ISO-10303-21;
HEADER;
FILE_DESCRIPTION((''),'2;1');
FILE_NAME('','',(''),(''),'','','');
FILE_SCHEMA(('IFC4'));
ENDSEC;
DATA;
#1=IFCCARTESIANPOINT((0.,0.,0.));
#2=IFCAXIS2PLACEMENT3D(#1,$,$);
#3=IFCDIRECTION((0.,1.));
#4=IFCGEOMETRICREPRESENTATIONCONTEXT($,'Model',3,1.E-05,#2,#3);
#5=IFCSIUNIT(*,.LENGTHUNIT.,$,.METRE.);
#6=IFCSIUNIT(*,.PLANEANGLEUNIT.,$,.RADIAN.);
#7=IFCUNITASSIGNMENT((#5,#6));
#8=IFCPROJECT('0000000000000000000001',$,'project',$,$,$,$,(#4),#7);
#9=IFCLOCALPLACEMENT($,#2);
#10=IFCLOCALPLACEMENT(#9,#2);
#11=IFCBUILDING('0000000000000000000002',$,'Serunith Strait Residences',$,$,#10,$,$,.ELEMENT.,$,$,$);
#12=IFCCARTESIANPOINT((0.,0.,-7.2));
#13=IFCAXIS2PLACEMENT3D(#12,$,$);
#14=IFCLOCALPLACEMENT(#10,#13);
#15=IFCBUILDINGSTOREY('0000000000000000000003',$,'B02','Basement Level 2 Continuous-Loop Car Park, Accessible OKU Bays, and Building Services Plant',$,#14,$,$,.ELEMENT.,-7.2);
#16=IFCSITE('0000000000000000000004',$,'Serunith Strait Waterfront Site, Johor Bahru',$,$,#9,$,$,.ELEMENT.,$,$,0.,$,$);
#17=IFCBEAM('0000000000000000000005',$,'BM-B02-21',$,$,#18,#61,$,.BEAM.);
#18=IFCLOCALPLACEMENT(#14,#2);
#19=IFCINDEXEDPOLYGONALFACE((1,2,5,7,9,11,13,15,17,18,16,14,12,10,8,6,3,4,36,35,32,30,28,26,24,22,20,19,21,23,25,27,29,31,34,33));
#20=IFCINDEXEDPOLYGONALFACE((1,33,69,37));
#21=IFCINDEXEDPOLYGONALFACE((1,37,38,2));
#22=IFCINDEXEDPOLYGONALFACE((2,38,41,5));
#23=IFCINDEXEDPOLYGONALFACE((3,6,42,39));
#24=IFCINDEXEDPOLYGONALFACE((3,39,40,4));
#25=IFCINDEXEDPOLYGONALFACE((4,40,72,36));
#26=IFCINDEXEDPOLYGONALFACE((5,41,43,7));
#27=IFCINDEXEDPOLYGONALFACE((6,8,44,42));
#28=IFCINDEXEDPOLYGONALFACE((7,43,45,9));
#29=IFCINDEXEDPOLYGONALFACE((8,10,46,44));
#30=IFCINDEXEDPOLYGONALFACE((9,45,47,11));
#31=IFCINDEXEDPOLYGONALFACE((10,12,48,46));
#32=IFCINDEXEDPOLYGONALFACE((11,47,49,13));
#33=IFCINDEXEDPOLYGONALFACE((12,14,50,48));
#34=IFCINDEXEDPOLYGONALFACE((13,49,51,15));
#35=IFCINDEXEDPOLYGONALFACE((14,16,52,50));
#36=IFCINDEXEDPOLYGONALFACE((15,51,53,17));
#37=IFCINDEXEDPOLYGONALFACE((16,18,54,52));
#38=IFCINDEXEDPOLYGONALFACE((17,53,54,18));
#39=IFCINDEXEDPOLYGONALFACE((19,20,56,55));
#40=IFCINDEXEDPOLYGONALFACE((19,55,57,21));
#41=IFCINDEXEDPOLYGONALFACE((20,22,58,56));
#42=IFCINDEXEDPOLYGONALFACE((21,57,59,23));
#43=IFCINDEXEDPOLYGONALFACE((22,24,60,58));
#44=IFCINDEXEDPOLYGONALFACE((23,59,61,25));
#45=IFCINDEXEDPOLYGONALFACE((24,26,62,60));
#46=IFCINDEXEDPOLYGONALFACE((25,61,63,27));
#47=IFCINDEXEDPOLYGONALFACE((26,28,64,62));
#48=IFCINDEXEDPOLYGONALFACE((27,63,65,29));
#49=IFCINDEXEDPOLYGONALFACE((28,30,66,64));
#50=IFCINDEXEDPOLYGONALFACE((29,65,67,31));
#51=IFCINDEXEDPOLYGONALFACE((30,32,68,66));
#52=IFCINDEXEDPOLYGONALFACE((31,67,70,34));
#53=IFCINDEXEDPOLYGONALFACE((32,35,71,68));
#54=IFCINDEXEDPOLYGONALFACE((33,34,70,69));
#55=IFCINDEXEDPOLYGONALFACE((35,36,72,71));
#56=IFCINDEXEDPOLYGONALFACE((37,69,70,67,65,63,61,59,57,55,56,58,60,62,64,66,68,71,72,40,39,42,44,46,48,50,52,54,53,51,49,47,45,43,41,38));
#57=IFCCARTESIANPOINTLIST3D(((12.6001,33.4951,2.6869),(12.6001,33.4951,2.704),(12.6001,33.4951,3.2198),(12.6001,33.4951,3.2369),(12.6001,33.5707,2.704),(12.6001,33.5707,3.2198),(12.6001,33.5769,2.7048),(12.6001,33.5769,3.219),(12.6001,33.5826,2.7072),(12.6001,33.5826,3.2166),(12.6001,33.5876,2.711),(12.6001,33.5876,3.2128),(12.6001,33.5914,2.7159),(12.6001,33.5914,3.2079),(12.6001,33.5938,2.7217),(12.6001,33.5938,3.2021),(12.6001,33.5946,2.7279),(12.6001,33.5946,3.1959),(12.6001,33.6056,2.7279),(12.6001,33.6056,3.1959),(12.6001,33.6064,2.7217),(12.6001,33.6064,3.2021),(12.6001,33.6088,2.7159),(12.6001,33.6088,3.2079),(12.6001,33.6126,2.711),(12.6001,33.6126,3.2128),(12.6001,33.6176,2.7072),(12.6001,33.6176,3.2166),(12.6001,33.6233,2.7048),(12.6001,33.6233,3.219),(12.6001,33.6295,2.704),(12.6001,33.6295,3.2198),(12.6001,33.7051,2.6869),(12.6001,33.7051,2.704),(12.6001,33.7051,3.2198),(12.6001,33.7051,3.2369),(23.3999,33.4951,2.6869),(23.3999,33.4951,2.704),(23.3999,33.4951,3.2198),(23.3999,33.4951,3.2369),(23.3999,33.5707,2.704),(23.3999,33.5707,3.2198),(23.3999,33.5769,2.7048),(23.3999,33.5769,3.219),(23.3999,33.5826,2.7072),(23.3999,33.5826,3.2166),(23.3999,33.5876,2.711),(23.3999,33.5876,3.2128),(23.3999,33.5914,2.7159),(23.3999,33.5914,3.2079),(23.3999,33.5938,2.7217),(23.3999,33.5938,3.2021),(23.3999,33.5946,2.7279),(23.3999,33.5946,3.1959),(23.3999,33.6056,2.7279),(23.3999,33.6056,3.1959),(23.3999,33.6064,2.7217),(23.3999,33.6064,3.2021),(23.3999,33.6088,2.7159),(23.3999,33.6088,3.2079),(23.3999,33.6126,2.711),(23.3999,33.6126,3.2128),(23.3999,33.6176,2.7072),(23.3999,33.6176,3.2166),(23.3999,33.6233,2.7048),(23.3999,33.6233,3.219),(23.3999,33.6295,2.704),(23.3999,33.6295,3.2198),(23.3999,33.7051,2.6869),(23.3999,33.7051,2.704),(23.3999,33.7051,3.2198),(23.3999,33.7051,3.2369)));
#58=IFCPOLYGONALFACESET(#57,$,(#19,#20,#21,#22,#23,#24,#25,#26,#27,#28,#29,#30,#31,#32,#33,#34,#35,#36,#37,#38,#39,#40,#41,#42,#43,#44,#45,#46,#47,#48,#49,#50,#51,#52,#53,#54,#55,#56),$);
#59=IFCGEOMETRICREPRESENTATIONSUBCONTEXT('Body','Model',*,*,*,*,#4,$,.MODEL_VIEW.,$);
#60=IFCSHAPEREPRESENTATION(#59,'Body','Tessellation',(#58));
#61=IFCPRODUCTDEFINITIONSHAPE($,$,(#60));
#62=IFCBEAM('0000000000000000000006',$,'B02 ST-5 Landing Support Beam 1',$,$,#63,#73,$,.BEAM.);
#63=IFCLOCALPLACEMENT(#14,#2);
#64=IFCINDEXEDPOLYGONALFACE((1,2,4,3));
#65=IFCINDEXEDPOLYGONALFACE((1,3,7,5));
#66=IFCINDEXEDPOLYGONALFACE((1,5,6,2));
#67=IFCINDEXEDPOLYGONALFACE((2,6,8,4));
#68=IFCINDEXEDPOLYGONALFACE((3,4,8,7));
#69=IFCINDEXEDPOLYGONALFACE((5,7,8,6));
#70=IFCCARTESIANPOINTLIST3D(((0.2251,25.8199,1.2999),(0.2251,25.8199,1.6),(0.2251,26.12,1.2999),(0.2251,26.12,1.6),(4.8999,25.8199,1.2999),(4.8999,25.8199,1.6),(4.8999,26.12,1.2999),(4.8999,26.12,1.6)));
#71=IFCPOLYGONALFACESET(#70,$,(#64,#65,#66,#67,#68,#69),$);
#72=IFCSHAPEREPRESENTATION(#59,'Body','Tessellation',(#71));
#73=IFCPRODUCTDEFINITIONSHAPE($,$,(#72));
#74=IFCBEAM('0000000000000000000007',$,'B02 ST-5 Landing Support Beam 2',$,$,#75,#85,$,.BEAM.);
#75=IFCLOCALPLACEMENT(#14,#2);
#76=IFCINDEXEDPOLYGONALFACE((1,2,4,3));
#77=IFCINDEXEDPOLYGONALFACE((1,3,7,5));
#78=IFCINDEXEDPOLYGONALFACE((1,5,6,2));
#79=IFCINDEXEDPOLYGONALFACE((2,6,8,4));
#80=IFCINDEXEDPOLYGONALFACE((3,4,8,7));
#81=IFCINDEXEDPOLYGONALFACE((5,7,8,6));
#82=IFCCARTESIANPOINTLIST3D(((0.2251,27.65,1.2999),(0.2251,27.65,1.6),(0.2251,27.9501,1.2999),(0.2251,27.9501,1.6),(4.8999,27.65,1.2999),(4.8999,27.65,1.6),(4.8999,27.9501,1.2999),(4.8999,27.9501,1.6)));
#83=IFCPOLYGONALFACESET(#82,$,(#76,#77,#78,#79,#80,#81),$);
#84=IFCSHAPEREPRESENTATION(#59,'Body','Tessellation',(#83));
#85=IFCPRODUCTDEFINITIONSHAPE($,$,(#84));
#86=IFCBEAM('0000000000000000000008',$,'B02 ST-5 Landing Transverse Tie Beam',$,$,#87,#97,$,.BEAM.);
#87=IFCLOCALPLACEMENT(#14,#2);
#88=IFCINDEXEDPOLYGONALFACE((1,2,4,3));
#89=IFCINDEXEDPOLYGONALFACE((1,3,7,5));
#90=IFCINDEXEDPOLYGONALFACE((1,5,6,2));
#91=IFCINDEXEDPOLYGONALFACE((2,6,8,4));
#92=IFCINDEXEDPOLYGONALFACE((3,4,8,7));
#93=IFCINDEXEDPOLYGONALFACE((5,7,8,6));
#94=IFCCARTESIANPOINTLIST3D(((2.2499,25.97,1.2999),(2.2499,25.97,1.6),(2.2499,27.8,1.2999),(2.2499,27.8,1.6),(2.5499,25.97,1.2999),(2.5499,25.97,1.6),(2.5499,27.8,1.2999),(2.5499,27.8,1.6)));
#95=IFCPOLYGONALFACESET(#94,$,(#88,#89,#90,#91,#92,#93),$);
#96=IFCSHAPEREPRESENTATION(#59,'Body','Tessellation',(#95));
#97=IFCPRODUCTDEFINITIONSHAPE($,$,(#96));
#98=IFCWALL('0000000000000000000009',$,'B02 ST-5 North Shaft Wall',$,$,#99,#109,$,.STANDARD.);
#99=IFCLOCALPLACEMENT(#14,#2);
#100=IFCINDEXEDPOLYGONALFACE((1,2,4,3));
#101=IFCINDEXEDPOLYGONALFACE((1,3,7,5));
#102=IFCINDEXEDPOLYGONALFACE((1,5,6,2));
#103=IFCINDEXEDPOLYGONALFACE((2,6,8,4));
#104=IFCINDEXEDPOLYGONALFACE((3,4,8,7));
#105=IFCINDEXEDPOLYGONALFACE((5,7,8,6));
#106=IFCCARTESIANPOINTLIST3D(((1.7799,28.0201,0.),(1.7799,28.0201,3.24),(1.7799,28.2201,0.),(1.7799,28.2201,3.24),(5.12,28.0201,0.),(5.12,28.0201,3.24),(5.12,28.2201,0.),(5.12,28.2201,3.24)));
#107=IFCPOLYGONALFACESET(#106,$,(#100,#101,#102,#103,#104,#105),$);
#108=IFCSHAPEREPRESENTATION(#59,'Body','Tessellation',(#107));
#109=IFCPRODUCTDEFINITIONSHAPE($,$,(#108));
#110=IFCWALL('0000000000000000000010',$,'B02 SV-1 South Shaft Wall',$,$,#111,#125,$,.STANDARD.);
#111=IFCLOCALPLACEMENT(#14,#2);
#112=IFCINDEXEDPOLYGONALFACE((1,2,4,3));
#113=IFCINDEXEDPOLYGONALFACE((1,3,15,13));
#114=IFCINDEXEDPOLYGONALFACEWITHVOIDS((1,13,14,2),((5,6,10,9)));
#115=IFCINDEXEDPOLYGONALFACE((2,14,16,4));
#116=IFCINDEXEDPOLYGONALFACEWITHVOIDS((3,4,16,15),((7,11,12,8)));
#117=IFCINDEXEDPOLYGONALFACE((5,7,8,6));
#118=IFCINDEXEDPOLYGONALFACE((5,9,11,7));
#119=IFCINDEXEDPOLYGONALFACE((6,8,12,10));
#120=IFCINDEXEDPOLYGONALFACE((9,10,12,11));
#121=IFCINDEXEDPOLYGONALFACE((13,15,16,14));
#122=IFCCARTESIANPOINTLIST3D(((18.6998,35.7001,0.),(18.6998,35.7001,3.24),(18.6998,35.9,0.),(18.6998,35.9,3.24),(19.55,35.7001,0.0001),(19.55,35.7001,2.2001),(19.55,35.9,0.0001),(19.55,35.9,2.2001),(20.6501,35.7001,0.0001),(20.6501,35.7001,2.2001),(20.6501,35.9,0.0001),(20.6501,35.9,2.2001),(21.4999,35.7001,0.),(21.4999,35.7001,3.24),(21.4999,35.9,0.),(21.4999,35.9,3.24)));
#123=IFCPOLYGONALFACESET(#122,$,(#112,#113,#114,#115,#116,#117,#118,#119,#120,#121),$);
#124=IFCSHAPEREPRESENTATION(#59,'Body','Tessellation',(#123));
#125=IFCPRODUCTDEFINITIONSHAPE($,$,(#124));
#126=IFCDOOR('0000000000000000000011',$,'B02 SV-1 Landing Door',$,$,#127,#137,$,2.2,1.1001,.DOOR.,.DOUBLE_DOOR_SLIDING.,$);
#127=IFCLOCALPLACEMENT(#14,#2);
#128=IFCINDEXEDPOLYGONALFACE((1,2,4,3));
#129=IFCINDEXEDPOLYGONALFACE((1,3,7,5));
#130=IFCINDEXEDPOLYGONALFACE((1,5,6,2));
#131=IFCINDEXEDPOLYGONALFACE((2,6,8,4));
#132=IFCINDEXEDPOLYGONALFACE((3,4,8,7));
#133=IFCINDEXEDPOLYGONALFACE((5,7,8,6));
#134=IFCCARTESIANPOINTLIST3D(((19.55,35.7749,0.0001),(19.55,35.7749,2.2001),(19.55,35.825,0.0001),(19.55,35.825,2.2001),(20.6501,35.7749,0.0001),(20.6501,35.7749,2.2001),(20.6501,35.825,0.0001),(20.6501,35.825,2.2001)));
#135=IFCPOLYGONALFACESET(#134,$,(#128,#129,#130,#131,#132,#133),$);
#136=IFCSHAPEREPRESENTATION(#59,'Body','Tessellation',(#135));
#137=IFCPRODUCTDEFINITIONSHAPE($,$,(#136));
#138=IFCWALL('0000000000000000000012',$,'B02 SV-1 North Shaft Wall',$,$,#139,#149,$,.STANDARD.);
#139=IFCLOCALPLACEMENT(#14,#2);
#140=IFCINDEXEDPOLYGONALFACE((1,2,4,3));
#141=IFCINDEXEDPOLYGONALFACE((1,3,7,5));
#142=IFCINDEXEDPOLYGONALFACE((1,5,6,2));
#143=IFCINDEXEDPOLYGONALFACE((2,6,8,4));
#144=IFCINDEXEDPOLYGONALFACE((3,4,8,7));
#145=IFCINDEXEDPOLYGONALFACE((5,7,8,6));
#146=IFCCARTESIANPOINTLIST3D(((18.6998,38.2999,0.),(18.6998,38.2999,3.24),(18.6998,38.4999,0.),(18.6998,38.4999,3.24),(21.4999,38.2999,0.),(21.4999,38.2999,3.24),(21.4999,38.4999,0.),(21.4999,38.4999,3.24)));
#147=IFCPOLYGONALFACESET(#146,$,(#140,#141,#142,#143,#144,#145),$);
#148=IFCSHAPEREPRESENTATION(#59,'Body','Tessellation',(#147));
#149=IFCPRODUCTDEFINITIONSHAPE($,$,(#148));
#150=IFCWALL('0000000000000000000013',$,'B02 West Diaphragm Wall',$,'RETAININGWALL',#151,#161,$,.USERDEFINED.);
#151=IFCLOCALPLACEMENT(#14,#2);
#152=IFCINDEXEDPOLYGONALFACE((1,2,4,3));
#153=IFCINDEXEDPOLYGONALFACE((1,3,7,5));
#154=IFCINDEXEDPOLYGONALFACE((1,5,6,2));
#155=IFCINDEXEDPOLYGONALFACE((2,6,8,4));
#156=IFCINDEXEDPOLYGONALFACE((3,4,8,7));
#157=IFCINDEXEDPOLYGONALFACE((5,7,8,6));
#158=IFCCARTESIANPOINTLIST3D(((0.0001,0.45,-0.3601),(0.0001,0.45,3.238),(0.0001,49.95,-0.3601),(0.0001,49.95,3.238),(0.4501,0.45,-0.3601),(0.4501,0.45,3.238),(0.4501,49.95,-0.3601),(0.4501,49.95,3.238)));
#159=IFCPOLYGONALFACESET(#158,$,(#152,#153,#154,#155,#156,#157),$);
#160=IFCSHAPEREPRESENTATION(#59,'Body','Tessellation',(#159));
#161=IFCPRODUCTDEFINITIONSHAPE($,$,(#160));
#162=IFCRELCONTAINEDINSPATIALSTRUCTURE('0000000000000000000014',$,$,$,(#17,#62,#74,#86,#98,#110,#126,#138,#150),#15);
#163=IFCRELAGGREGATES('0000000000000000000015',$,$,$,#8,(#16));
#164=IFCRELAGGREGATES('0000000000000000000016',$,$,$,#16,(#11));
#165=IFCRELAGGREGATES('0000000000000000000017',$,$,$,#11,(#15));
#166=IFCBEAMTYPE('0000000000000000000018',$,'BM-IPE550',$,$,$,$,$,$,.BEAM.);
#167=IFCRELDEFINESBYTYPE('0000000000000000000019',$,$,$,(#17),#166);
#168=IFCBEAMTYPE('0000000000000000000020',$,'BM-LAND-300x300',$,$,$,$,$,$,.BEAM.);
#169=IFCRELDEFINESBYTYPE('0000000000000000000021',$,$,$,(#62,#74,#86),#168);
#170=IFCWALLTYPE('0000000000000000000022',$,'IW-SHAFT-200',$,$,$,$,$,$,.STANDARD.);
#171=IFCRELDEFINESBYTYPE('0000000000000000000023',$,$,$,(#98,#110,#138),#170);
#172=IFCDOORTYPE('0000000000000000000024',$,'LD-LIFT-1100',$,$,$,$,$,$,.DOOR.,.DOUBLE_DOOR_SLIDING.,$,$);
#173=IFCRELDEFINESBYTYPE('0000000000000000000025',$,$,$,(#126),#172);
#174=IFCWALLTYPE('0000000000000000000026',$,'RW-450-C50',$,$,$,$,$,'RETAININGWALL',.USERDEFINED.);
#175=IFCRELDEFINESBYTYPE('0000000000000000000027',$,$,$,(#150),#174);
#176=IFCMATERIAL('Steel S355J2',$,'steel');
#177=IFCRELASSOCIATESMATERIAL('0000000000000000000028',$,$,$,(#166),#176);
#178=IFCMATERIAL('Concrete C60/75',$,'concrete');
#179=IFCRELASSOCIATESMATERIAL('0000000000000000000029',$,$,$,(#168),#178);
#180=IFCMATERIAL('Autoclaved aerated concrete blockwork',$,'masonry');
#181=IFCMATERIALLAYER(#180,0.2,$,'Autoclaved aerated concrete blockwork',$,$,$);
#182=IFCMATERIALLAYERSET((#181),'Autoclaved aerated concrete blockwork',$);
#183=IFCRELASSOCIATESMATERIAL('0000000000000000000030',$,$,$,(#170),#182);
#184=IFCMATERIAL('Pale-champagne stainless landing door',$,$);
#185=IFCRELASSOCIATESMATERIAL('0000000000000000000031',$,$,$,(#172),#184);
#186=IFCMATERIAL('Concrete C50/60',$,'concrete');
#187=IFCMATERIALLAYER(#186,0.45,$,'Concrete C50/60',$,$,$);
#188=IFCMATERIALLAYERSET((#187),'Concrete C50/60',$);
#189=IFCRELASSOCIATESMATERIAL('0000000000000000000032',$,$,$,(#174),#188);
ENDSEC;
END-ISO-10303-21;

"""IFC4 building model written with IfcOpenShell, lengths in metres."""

from ifc_helpers import new_model, si_unit, direction, frame, frame_2d, origin, origin_2d, place, context, subcontext, project, spatial, rectangle, i_section, extrude, source, transform, mapped, material, layer, layer_set, material_profile, profile_set, type_object, element, fill, save


model = new_model("IFC4")

# Units and contexts
model_context = context("Model", 3, precision=1e-05, world=origin(), true_north=direction((0.0, 1.0)))
body_context = subcontext(model_context, "Body", "Model", "MODEL_VIEW")
ifc_project = project(units=[si_unit("LENGTHUNIT", "METRE"), si_unit("PLANEANGLEUNIT", "RADIAN")], contexts=[model_context])

# Site, building, storey
site_placement = place(None, origin())
site = spatial("IfcSite", under=ifc_project, at=site_placement, Name="Serunith Strait Waterfront Site, Johor Bahru", CompositionType="ELEMENT", RefElevation=0.0)
building_placement = place(site_placement, origin())
building = spatial("IfcBuilding", under=site, at=building_placement, Name="Serunith Strait Residences", CompositionType="ELEMENT")
storey_placement = place(building_placement, frame((0.0, 0.0, -7.2)))
storey = spatial("IfcBuildingStorey", under=building, at=storey_placement, Name="B02", Description="Basement Level 2 Continuous-Loop Car Park, Accessible OKU Bays, and Building Services Plant", CompositionType="ELEMENT", Elevation=-7.2)

# Beams
ifc_material_1 = material(Name="Steel S355J2", Category="steel")
ifc_material_profile_1 = material_profile(ifc_material_1, i_section(OverallWidth=0.21, OverallDepth=0.55, WebThickness=0.011, FlangeThickness=0.0171, FilletRadius=0.0239, at=origin_2d()), Name="IPE 550")
ifc_profile_set_1 = profile_set([ifc_material_profile_1], Name="Steel S355J2")
beam_type_1 = type_object("IfcBeamType", Name="BM-IPE550", PredefinedType="BEAM", material=ifc_profile_set_1)
shared_shape_1 = source(origin(), body_context, "Body", "SweptSolid", [
    extrude(i_section(OverallWidth=0.21, OverallDepth=0.55, WebThickness=0.011, FlangeThickness=0.0171, FilletRadius=0.0239, at=origin_2d()), origin(), (0.0, 0.0, 1.0), 10.7998),
])
beam_1_placement = place(storey_placement, frame((12.6001, 33.6001, 2.9619), z_axis=(1.0, 0.0, 0.0), x_axis=(0.0, 1.0, 0.0)))
element("IfcBeam", 1, at=beam_1_placement, inside=storey, type_object=beam_type_1, Name="BM-B02-21", PredefinedType="BEAM", context=body_context, shape_type="MappedRepresentation", body=[
    mapped(shared_shape_1, transform((0.0, 0.0, 0.0), scale=1.0)),
])
ifc_material_2 = material(Name="Concrete C60/75", Category="concrete")
ifc_material_profile_2 = material_profile(ifc_material_2, rectangle(XDim=0.3, YDim=0.3, at=origin_2d()), Name="RC 300x300")
ifc_profile_set_2 = profile_set([ifc_material_profile_2], Name="Concrete C60/75")
beam_type_2 = type_object("IfcBeamType", Name="BM-LAND-300x300", PredefinedType="BEAM", material=ifc_profile_set_2)
shared_shape_2 = source(origin(), body_context, "Body", "SweptSolid", [
    extrude(rectangle(XDim=0.3, YDim=0.3, at=origin_2d()), origin(), (0.0, 0.0, 1.0), 4.6748),
])
for number, where, z_axis, x_axis, name in (
    (2, (0.2251, 25.97, 1.45), (1.0, 0.0, 0.0), (0.0, 1.0, 0.0), "B02 ST-5 Landing Support Beam 1"),
    (3, (0.2251, 27.8, 1.45), (1.0, 0.0, 0.0), (0.0, 1.0, 0.0), "B02 ST-5 Landing Support Beam 2"),
):
    element("IfcBeam", number, at=place(storey_placement, frame(where, z_axis=z_axis, x_axis=x_axis)), inside=storey, type_object=beam_type_2, Name=name, PredefinedType="BEAM", context=body_context, shape_type="MappedRepresentation", body=[
        mapped(shared_shape_2, transform((0.0, 0.0, 0.0), scale=1.0)),
    ])
shared_shape_3 = source(origin(), body_context, "Body", "SweptSolid", [
    extrude(rectangle(XDim=0.3, YDim=0.3, at=origin_2d()), origin(), (0.0, 0.0, 1.0), 1.8301),
])
beam_2_placement = place(storey_placement, frame((2.3999, 25.97, 1.45), z_axis=(0.0, 1.0, 0.0), x_axis=(-1.0, 0.0, 0.0)))
element("IfcBeam", 4, at=beam_2_placement, inside=storey, type_object=beam_type_2, Name="B02 ST-5 Landing Transverse Tie Beam", PredefinedType="BEAM", context=body_context, shape_type="MappedRepresentation", body=[
    mapped(shared_shape_3, transform((0.0, 0.0, 0.0), scale=1.0)),
])

# Wall
ifc_material_3 = material(Name="Autoclaved aerated concrete blockwork", Category="masonry")
ifc_layer_1 = layer(ifc_material_3, 0.2, Name="Autoclaved aerated concrete blockwork")
ifc_layer_set_1 = layer_set([ifc_layer_1], Name="Autoclaved aerated concrete blockwork")
wall_type_1 = type_object("IfcWallType", Name="IW-SHAFT-200", PredefinedType="STANDARD", material=ifc_layer_set_1)
wall_1_placement = place(storey_placement, frame((1.78, 28.1201, 0.0), z_axis=(0.0, 0.0, 1.0), x_axis=(1.0, 0.0, 0.0)))
element("IfcWall", 5, at=wall_1_placement, inside=storey, type_object=wall_type_1, Name="B02 ST-5 North Shaft Wall", PredefinedType="STANDARD", context=body_context, shape_type="SweptSolid", body=[
    extrude(rectangle(XDim=3.3401, YDim=0.2, at=frame_2d((1.6699, 0.0))), origin(), (0.0, 0.0, 1.0), 3.24),
])

# Wall, opening, door
wall_2_placement = place(storey_placement, frame((18.7, 35.8, 0.0), z_axis=(0.0, 0.0, 1.0), x_axis=(1.0, 0.0, 0.0)))
wall_2 = element("IfcWall", 6, at=wall_2_placement, inside=storey, type_object=wall_type_1, Name="B02 SV-1 South Shaft Wall", PredefinedType="STANDARD", context=body_context, shape_type="SweptSolid", body=[
    extrude(rectangle(XDim=2.8, YDim=0.2, at=frame_2d((1.3999, 0.0))), origin(), (0.0, 0.0, 1.0), 3.24),
])
opening_placement = place(wall_2_placement, frame((0.8501, 0.0, 0.0)))
opening = element("IfcOpeningElement", 7, at=opening_placement, cuts=wall_2, PredefinedType="OPENING", context=body_context, shape_type="SweptSolid", body=[
    extrude(rectangle(XDim=1.1001, YDim=2.2, at=frame_2d((0.55, 1.1001))), frame((0.0, 0.1099, 0.0), z_axis=(0.0, -1.0, 0.0), x_axis=(1.0, 0.0, 0.0)), (0.0, 0.0, 1.0), 0.22),
])
ifc_material_4 = material(Name="Pale-champagne stainless landing door")
door_type = type_object("IfcDoorType", Name="LD-LIFT-1100", OperationType="DOUBLE_DOOR_SLIDING", PredefinedType="DOOR", material=ifc_material_4)
shared_shape_4 = source(origin(), body_context, "Body", "SweptSolid", [
    extrude(rectangle(XDim=1.1001, YDim=2.2, at=frame_2d((0.55, 1.1001))), frame((0.0, 0.0249, 0.0), z_axis=(0.0, -1.0, 0.0), x_axis=(1.0, 0.0, 0.0)), (0.0, 0.0, 1.0), 0.05),
])
door_placement = place(opening_placement, origin())
door = element("IfcDoor", 8, at=door_placement, inside=storey, type_object=door_type, Name="B02 SV-1 Landing Door", OperationType="DOUBLE_DOOR_SLIDING", OverallHeight=2.2, OverallWidth=1.1001, PredefinedType="DOOR", context=body_context, shape_type="MappedRepresentation", body=[
    mapped(shared_shape_4, transform((0.0, 0.0, 0.0), scale=1.0)),
])
fill(opening, door)

# Walls
wall_3_placement = place(storey_placement, frame((18.7, 38.3999, 0.0), z_axis=(0.0, 0.0, 1.0), x_axis=(1.0, 0.0, 0.0)))
element("IfcWall", 9, at=wall_3_placement, inside=storey, type_object=wall_type_1, Name="B02 SV-1 North Shaft Wall", PredefinedType="STANDARD", context=body_context, shape_type="SweptSolid", body=[
    extrude(rectangle(XDim=2.8, YDim=0.2, at=frame_2d((1.3999, 0.0))), origin(), (0.0, 0.0, 1.0), 3.24),
])
ifc_material_5 = material(Name="Concrete C50/60", Category="concrete")
ifc_layer_2 = layer(ifc_material_5, 0.45, Name="Concrete C50/60")
ifc_layer_set_2 = layer_set([ifc_layer_2], Name="Concrete C50/60")
wall_type_2 = type_object("IfcWallType", Name="RW-450-C50", ElementType="RETAININGWALL", PredefinedType="USERDEFINED", material=ifc_layer_set_2)
wall_4_placement = place(storey_placement, frame((0.2251, 49.95, -0.3601), z_axis=(0.0, 0.0, 1.0), x_axis=(0.0, -1.0, 0.0)))
element("IfcWall", 10, at=wall_4_placement, inside=storey, type_object=wall_type_2, Name="B02 West Diaphragm Wall", ObjectType="RETAININGWALL", PredefinedType="USERDEFINED", context=body_context, shape_type="SweptSolid", body=[
    extrude(rectangle(XDim=49.5, YDim=0.45, at=frame_2d((24.75, 0.0))), origin(), (0.0, 0.0, 1.0), 3.5981),
])

save(model, "model.ifc")
